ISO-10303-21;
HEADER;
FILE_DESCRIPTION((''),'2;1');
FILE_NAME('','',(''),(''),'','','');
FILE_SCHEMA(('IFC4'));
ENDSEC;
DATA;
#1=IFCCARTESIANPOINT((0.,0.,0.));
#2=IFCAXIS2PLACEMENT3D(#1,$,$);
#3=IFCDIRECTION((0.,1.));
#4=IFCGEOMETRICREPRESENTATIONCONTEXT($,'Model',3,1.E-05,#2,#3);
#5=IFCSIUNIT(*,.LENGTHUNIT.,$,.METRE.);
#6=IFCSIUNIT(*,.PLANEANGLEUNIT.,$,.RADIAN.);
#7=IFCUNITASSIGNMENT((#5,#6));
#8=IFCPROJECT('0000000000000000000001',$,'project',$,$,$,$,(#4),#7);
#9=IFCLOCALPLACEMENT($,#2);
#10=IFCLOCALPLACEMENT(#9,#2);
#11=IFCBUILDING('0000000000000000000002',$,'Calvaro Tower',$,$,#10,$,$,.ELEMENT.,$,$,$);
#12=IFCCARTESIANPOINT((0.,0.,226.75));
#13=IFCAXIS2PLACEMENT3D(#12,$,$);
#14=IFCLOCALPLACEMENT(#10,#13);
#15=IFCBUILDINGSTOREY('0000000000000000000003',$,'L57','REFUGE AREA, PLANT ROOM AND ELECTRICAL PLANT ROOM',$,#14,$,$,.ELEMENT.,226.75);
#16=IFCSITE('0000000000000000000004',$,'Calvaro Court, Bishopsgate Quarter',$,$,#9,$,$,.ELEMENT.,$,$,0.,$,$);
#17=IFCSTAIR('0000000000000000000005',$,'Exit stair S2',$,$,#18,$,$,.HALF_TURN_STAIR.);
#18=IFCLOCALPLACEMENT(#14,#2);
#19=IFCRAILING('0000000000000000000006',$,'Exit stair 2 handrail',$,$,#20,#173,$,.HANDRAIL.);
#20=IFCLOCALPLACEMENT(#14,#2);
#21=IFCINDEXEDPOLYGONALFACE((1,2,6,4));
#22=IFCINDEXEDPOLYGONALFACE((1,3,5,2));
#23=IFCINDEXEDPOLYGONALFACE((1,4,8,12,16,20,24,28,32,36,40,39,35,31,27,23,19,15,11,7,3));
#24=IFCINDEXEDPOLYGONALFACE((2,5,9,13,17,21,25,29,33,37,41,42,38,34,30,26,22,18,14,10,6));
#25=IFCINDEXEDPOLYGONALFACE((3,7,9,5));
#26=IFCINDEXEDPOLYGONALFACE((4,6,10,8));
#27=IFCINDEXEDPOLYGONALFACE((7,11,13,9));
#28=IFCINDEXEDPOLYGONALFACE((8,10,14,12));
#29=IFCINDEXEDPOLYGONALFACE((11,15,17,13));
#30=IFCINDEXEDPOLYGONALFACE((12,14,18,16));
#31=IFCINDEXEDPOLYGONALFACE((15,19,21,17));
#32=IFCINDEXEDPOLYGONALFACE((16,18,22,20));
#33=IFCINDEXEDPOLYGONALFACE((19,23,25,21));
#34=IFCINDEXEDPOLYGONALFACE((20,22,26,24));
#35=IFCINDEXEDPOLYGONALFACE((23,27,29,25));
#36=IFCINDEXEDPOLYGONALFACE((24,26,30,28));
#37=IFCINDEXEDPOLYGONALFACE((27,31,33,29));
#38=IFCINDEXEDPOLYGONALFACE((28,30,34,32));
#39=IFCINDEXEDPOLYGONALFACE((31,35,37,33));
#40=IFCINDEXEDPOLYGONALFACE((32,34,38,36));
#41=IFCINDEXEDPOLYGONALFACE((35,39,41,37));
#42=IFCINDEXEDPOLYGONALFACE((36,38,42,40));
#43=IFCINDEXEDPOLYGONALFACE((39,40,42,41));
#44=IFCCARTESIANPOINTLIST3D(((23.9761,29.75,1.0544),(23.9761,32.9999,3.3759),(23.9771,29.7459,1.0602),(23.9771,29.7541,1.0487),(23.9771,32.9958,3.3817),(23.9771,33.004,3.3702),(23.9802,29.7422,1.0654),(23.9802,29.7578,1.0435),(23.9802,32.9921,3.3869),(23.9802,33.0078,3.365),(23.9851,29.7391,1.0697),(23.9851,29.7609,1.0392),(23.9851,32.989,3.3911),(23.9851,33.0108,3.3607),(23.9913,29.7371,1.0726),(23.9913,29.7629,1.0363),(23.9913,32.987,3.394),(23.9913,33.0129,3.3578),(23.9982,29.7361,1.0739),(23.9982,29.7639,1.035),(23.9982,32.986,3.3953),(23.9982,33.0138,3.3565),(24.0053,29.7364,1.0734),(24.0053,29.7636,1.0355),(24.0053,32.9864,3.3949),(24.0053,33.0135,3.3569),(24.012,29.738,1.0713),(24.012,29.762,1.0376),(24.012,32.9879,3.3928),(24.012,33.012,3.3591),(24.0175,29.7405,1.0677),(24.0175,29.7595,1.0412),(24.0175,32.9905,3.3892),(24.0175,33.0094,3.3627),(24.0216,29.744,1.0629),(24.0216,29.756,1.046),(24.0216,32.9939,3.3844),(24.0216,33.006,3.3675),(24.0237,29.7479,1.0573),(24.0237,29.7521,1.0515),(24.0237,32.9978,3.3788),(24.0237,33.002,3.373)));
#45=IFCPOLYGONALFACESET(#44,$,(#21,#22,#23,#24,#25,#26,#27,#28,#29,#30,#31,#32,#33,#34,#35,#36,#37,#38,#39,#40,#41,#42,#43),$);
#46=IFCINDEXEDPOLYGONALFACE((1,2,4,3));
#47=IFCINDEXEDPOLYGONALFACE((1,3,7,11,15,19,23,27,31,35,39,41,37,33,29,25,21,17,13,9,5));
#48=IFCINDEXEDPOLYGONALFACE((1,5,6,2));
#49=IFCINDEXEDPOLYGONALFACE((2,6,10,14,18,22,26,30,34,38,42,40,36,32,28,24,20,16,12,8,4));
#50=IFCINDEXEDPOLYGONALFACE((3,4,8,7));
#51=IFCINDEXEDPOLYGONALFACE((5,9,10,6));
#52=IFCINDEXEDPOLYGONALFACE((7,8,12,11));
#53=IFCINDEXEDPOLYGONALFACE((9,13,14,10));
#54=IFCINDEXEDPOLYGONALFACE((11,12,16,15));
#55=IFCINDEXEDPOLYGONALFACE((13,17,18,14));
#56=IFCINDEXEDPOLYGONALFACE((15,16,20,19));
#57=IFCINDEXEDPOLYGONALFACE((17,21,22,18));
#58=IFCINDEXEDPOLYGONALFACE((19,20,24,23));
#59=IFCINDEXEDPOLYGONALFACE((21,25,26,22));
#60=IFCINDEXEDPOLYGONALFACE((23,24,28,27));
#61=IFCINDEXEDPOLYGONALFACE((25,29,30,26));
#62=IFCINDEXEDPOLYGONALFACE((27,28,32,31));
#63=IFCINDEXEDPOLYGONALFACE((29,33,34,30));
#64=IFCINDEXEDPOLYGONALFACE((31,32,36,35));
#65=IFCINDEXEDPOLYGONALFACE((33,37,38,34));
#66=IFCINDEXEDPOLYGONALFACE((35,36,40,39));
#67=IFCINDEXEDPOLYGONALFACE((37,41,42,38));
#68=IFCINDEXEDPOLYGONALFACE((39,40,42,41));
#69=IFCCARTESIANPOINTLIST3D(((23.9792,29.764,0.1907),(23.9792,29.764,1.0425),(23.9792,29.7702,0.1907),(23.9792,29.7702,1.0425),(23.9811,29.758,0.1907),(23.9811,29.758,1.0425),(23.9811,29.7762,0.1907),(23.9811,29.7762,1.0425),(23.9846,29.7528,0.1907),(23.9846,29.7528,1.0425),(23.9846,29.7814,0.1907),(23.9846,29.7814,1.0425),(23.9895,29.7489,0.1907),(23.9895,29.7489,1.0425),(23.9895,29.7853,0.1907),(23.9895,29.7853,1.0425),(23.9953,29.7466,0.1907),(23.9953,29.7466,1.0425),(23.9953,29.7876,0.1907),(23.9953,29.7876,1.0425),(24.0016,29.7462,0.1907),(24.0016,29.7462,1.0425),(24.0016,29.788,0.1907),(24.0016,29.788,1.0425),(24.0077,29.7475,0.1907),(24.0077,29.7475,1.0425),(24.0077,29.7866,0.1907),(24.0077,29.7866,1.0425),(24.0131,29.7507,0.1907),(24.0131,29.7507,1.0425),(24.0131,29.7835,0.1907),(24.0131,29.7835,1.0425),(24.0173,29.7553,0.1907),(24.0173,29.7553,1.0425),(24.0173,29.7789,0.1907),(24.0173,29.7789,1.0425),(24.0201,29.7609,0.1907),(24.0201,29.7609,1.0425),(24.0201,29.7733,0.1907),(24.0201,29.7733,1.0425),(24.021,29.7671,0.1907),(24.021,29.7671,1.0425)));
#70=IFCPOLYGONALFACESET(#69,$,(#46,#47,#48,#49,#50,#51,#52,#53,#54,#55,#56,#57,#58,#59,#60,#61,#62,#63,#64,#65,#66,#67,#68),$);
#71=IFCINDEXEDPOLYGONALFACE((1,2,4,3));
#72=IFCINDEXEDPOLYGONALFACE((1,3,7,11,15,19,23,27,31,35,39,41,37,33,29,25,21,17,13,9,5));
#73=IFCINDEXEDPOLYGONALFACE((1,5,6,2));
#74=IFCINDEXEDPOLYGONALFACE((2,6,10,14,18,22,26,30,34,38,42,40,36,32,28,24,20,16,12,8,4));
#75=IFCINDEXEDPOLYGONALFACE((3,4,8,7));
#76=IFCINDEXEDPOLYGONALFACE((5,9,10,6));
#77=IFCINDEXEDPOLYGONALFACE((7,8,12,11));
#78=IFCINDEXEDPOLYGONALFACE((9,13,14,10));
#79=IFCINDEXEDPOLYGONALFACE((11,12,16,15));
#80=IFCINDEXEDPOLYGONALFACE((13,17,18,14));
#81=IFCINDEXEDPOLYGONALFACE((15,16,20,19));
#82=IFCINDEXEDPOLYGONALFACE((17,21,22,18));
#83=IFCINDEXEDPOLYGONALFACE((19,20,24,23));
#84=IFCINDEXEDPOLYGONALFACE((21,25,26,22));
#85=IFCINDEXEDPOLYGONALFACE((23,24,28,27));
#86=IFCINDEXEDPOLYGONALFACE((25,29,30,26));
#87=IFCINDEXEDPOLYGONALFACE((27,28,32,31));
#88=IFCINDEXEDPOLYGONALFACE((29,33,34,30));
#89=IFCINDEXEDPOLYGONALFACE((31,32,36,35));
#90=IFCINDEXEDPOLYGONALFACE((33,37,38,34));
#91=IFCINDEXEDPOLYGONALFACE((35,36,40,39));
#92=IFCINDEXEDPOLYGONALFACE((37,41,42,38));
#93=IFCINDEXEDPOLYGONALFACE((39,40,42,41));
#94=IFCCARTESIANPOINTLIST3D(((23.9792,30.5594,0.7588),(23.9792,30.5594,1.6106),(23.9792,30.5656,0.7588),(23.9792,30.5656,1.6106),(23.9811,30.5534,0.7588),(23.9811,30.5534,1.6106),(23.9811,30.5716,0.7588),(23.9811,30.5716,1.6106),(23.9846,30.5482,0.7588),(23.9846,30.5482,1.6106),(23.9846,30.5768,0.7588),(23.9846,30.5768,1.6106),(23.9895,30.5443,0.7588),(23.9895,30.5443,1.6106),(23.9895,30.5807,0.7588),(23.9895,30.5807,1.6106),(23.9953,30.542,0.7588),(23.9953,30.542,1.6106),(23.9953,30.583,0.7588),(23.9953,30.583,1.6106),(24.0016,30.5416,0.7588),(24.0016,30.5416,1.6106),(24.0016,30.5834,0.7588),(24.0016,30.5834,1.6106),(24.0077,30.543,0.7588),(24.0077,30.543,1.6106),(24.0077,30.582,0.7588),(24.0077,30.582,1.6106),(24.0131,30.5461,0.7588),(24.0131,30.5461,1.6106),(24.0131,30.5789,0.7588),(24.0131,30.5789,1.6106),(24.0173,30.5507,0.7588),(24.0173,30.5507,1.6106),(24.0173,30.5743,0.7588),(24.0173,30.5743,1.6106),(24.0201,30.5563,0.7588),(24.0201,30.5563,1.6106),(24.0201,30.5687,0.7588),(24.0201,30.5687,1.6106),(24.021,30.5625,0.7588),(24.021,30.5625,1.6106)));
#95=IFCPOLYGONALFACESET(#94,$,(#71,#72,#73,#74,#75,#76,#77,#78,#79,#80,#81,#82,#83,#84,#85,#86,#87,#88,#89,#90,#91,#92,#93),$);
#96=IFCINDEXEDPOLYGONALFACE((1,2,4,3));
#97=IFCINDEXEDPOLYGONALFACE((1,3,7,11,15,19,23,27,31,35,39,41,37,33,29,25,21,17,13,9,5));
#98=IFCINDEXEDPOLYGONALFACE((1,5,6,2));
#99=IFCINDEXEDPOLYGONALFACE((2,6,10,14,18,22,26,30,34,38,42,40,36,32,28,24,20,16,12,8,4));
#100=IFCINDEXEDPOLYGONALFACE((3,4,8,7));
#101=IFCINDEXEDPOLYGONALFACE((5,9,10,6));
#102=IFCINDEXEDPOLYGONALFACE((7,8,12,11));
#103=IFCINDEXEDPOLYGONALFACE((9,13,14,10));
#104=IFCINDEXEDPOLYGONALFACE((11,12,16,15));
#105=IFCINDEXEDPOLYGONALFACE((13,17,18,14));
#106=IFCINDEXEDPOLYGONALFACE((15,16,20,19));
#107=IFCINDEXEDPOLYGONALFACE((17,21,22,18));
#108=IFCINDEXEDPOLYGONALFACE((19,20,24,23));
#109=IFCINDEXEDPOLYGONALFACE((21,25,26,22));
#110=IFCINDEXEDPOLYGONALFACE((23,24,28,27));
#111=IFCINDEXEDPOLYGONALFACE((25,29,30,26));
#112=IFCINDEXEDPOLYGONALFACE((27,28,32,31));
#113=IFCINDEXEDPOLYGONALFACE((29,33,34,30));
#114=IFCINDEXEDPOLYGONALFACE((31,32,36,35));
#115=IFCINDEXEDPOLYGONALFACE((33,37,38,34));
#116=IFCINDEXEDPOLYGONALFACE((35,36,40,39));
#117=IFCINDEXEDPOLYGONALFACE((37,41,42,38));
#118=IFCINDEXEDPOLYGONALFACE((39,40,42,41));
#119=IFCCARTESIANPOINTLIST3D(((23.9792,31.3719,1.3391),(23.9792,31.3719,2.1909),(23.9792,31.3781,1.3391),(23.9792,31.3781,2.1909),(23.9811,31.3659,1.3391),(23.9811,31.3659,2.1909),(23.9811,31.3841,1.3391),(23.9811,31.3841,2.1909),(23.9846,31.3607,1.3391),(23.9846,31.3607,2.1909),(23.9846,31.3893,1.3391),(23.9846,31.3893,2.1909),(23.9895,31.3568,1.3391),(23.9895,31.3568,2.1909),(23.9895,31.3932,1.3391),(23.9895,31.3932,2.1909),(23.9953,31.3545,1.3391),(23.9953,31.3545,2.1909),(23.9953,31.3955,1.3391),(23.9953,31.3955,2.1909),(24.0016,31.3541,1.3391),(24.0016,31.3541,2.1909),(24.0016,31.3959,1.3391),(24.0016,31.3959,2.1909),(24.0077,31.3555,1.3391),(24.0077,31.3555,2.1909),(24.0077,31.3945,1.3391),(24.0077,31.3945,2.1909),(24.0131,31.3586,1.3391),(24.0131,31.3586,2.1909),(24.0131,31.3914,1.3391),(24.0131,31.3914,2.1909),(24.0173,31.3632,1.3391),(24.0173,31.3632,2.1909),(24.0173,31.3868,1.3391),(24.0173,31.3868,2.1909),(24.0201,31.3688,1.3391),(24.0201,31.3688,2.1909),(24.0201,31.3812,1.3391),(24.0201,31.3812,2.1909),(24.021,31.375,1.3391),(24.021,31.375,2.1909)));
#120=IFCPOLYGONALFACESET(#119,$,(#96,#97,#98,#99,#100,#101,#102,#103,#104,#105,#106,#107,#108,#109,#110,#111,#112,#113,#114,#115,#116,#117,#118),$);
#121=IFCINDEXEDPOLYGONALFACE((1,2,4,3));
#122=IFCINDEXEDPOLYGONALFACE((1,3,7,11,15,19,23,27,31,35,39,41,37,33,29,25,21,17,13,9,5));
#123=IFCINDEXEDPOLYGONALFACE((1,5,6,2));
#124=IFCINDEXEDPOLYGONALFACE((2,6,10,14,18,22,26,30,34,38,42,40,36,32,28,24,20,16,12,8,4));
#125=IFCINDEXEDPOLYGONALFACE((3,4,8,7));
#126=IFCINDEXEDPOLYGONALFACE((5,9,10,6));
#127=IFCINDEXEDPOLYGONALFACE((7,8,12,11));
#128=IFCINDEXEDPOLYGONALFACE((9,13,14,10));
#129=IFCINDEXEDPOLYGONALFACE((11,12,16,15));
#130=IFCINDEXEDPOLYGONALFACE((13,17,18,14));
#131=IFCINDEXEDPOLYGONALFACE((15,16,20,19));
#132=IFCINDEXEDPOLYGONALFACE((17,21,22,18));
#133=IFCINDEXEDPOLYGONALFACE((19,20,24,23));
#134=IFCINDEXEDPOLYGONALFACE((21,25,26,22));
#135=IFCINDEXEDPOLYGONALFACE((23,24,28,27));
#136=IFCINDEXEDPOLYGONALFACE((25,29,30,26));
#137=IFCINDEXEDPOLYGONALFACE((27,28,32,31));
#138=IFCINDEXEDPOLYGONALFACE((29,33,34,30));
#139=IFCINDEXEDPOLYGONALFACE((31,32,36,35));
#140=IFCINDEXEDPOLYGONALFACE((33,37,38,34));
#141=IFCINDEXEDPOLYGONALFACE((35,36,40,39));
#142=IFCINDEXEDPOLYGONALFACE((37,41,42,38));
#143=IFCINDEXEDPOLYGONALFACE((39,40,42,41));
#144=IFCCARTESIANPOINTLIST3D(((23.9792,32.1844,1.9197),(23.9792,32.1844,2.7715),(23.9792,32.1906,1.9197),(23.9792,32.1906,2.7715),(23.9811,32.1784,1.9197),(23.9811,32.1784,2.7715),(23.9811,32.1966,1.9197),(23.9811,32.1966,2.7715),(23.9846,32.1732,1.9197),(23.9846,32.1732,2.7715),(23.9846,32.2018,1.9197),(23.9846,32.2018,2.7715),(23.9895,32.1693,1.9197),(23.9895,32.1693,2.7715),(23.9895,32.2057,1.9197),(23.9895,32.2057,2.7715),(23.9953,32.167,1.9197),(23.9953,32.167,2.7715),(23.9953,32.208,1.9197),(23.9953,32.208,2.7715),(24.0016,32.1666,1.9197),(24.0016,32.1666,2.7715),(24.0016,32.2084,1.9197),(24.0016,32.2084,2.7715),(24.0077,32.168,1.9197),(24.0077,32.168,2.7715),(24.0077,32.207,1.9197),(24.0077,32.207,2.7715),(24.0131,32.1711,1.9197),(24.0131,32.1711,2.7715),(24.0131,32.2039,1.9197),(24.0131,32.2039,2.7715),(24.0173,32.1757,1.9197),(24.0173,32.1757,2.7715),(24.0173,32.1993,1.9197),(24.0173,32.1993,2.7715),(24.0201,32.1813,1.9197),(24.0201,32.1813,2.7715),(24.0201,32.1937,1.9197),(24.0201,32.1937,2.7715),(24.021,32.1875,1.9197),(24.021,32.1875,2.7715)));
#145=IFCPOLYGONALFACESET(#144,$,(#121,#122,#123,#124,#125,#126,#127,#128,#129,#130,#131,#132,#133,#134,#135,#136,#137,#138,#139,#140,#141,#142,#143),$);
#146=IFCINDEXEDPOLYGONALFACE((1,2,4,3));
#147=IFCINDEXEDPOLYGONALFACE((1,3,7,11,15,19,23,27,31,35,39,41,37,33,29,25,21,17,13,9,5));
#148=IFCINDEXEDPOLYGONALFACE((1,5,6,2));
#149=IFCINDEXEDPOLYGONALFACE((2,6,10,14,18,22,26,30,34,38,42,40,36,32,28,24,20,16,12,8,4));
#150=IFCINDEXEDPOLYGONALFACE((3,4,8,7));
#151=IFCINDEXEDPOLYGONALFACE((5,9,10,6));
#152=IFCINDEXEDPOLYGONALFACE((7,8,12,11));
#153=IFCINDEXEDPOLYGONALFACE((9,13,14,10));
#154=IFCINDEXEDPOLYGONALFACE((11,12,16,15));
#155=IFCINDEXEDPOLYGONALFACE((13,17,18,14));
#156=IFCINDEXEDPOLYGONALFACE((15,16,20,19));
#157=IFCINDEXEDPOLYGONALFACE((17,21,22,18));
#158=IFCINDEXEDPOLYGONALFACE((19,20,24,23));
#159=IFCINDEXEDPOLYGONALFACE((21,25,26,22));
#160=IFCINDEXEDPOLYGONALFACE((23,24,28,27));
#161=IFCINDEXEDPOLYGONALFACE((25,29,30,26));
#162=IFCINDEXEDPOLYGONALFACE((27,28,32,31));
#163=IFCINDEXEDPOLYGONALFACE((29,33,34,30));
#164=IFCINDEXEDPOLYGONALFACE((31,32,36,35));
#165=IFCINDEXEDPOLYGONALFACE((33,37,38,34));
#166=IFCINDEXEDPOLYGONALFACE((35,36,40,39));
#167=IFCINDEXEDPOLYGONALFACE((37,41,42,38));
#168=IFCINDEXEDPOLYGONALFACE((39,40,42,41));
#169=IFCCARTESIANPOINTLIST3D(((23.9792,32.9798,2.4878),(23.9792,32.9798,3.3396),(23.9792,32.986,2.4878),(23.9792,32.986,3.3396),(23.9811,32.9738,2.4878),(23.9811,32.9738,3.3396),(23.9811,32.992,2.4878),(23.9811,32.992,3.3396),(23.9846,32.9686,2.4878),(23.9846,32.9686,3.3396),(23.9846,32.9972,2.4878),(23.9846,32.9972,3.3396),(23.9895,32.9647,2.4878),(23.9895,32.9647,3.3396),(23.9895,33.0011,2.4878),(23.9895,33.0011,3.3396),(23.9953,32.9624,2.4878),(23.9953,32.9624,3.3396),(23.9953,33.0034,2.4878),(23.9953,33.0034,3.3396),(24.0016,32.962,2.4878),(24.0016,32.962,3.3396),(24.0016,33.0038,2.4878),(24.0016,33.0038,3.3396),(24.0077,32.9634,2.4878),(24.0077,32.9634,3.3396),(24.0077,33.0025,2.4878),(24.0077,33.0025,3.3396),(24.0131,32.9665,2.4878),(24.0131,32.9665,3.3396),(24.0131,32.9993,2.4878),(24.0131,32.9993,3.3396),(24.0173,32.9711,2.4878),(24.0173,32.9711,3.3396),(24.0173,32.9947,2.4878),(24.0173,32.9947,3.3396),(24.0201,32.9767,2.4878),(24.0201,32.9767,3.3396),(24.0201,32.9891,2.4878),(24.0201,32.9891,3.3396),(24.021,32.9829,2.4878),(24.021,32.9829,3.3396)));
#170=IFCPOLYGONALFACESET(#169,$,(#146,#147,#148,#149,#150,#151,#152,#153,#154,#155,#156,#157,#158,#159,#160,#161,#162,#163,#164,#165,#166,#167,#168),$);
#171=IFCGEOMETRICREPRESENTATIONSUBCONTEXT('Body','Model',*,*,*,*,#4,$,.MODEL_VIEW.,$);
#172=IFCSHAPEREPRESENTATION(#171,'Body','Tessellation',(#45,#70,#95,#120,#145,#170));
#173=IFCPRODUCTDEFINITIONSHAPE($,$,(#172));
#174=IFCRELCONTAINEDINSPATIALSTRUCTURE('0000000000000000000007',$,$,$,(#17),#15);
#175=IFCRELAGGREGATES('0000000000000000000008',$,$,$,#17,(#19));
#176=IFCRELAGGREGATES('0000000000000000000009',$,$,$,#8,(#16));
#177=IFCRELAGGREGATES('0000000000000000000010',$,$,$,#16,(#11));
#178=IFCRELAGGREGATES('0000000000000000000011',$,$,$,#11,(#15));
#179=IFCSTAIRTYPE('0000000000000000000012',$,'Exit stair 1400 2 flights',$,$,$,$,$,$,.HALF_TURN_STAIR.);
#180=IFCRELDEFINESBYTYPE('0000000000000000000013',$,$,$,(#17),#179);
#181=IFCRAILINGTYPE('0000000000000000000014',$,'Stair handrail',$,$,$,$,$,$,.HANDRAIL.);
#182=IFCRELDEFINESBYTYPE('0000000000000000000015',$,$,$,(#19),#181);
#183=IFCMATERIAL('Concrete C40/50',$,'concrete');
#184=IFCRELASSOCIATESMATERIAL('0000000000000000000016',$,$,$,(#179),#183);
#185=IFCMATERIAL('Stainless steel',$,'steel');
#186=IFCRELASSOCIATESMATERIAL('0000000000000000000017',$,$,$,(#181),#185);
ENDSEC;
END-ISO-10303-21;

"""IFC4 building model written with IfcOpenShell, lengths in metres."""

from ifc_helpers import new_model, si_unit, direction, frame, origin, origin_2d, place, context, subcontext, project, spatial, circle, extrude, material, type_object, element, aggregate, save


model = new_model("IFC4")

# Units and contexts
model_context = context("Model", 3, precision=1e-05, world=origin(), true_north=direction((0.0, 1.0)))
body_context = subcontext(model_context, "Body", "Model", "MODEL_VIEW")
ifc_project = project(units=[si_unit("LENGTHUNIT", "METRE"), si_unit("PLANEANGLEUNIT", "RADIAN")], contexts=[model_context])

# Site, building, storey
site_placement = place(None, origin())
site = spatial("IfcSite", under=ifc_project, at=site_placement, Name="Calvaro Court, Bishopsgate Quarter", CompositionType="ELEMENT", RefElevation=0.0)
building_placement = place(site_placement, origin())
building = spatial("IfcBuilding", under=site, at=building_placement, Name="Calvaro Tower", CompositionType="ELEMENT")
storey_placement = place(building_placement, frame((0.0, 0.0, 226.75)))
storey = spatial("IfcBuildingStorey", under=building, at=storey_placement, Name="L57", Description="REFUGE AREA, PLANT ROOM AND ELECTRICAL PLANT ROOM", CompositionType="ELEMENT", Elevation=226.75)

# Stair
ifc_material_1 = material(Name="Concrete C40/50", Category="concrete")
stair_type = type_object("IfcStairType", Name="Exit stair 1400 2 flights", PredefinedType="HALF_TURN_STAIR", material=ifc_material_1)
stair_1_placement = place(storey_placement, origin())
stair_1 = element("IfcStair", 1, at=stair_1_placement, inside=storey, type_object=stair_type, Name="Exit stair S2", PredefinedType="HALF_TURN_STAIR")

# Shared definitions
ifc_material_2 = material(Name="Stainless steel", Category="steel")
railing_type = type_object("IfcRailingType", Name="Stair handrail", PredefinedType="HANDRAIL", material=ifc_material_2)

# Railing
railing_1_placement = place(storey_placement, frame((24.0, 29.75, 0.1785)))
railing_1 = element("IfcRailing", 2, at=railing_1_placement, type_object=railing_type, Name="Exit stair 2 handrail", PredefinedType="HANDRAIL", context=body_context, shape_type="SweptSolid", body=[
    extrude(circle(Radius=0.0239, at=origin_2d()), frame((0.0, 0.0, 0.876), z_axis=(0.0, 0.813721, 0.581256), x_axis=(-1.0, 0.0, 0.0)), (0.0, 0.0, 1.0), 3.9939),
    extrude(circle(Radius=0.021, at=origin_2d()), frame((0.0, 0.0171, 0.0122)), (0.0, 0.0, 1.0), 0.8518),
    extrude(circle(Radius=0.021, at=origin_2d()), frame((0.0, 0.8125, 0.5803)), (0.0, 0.0, 1.0), 0.8518),
    extrude(circle(Radius=0.021, at=origin_2d()), frame((0.0, 1.625, 1.1606)), (0.0, 0.0, 1.0), 0.8518),
    extrude(circle(Radius=0.021, at=origin_2d()), frame((0.0, 2.4375, 1.7412)), (0.0, 0.0, 1.0), 0.8518),
    extrude(circle(Radius=0.021, at=origin_2d()), frame((0.0, 3.2329, 2.3093)), (0.0, 0.0, 1.0), 0.8518),
])
aggregate(stair_1, [railing_1])

save(model, "model.ifc")
